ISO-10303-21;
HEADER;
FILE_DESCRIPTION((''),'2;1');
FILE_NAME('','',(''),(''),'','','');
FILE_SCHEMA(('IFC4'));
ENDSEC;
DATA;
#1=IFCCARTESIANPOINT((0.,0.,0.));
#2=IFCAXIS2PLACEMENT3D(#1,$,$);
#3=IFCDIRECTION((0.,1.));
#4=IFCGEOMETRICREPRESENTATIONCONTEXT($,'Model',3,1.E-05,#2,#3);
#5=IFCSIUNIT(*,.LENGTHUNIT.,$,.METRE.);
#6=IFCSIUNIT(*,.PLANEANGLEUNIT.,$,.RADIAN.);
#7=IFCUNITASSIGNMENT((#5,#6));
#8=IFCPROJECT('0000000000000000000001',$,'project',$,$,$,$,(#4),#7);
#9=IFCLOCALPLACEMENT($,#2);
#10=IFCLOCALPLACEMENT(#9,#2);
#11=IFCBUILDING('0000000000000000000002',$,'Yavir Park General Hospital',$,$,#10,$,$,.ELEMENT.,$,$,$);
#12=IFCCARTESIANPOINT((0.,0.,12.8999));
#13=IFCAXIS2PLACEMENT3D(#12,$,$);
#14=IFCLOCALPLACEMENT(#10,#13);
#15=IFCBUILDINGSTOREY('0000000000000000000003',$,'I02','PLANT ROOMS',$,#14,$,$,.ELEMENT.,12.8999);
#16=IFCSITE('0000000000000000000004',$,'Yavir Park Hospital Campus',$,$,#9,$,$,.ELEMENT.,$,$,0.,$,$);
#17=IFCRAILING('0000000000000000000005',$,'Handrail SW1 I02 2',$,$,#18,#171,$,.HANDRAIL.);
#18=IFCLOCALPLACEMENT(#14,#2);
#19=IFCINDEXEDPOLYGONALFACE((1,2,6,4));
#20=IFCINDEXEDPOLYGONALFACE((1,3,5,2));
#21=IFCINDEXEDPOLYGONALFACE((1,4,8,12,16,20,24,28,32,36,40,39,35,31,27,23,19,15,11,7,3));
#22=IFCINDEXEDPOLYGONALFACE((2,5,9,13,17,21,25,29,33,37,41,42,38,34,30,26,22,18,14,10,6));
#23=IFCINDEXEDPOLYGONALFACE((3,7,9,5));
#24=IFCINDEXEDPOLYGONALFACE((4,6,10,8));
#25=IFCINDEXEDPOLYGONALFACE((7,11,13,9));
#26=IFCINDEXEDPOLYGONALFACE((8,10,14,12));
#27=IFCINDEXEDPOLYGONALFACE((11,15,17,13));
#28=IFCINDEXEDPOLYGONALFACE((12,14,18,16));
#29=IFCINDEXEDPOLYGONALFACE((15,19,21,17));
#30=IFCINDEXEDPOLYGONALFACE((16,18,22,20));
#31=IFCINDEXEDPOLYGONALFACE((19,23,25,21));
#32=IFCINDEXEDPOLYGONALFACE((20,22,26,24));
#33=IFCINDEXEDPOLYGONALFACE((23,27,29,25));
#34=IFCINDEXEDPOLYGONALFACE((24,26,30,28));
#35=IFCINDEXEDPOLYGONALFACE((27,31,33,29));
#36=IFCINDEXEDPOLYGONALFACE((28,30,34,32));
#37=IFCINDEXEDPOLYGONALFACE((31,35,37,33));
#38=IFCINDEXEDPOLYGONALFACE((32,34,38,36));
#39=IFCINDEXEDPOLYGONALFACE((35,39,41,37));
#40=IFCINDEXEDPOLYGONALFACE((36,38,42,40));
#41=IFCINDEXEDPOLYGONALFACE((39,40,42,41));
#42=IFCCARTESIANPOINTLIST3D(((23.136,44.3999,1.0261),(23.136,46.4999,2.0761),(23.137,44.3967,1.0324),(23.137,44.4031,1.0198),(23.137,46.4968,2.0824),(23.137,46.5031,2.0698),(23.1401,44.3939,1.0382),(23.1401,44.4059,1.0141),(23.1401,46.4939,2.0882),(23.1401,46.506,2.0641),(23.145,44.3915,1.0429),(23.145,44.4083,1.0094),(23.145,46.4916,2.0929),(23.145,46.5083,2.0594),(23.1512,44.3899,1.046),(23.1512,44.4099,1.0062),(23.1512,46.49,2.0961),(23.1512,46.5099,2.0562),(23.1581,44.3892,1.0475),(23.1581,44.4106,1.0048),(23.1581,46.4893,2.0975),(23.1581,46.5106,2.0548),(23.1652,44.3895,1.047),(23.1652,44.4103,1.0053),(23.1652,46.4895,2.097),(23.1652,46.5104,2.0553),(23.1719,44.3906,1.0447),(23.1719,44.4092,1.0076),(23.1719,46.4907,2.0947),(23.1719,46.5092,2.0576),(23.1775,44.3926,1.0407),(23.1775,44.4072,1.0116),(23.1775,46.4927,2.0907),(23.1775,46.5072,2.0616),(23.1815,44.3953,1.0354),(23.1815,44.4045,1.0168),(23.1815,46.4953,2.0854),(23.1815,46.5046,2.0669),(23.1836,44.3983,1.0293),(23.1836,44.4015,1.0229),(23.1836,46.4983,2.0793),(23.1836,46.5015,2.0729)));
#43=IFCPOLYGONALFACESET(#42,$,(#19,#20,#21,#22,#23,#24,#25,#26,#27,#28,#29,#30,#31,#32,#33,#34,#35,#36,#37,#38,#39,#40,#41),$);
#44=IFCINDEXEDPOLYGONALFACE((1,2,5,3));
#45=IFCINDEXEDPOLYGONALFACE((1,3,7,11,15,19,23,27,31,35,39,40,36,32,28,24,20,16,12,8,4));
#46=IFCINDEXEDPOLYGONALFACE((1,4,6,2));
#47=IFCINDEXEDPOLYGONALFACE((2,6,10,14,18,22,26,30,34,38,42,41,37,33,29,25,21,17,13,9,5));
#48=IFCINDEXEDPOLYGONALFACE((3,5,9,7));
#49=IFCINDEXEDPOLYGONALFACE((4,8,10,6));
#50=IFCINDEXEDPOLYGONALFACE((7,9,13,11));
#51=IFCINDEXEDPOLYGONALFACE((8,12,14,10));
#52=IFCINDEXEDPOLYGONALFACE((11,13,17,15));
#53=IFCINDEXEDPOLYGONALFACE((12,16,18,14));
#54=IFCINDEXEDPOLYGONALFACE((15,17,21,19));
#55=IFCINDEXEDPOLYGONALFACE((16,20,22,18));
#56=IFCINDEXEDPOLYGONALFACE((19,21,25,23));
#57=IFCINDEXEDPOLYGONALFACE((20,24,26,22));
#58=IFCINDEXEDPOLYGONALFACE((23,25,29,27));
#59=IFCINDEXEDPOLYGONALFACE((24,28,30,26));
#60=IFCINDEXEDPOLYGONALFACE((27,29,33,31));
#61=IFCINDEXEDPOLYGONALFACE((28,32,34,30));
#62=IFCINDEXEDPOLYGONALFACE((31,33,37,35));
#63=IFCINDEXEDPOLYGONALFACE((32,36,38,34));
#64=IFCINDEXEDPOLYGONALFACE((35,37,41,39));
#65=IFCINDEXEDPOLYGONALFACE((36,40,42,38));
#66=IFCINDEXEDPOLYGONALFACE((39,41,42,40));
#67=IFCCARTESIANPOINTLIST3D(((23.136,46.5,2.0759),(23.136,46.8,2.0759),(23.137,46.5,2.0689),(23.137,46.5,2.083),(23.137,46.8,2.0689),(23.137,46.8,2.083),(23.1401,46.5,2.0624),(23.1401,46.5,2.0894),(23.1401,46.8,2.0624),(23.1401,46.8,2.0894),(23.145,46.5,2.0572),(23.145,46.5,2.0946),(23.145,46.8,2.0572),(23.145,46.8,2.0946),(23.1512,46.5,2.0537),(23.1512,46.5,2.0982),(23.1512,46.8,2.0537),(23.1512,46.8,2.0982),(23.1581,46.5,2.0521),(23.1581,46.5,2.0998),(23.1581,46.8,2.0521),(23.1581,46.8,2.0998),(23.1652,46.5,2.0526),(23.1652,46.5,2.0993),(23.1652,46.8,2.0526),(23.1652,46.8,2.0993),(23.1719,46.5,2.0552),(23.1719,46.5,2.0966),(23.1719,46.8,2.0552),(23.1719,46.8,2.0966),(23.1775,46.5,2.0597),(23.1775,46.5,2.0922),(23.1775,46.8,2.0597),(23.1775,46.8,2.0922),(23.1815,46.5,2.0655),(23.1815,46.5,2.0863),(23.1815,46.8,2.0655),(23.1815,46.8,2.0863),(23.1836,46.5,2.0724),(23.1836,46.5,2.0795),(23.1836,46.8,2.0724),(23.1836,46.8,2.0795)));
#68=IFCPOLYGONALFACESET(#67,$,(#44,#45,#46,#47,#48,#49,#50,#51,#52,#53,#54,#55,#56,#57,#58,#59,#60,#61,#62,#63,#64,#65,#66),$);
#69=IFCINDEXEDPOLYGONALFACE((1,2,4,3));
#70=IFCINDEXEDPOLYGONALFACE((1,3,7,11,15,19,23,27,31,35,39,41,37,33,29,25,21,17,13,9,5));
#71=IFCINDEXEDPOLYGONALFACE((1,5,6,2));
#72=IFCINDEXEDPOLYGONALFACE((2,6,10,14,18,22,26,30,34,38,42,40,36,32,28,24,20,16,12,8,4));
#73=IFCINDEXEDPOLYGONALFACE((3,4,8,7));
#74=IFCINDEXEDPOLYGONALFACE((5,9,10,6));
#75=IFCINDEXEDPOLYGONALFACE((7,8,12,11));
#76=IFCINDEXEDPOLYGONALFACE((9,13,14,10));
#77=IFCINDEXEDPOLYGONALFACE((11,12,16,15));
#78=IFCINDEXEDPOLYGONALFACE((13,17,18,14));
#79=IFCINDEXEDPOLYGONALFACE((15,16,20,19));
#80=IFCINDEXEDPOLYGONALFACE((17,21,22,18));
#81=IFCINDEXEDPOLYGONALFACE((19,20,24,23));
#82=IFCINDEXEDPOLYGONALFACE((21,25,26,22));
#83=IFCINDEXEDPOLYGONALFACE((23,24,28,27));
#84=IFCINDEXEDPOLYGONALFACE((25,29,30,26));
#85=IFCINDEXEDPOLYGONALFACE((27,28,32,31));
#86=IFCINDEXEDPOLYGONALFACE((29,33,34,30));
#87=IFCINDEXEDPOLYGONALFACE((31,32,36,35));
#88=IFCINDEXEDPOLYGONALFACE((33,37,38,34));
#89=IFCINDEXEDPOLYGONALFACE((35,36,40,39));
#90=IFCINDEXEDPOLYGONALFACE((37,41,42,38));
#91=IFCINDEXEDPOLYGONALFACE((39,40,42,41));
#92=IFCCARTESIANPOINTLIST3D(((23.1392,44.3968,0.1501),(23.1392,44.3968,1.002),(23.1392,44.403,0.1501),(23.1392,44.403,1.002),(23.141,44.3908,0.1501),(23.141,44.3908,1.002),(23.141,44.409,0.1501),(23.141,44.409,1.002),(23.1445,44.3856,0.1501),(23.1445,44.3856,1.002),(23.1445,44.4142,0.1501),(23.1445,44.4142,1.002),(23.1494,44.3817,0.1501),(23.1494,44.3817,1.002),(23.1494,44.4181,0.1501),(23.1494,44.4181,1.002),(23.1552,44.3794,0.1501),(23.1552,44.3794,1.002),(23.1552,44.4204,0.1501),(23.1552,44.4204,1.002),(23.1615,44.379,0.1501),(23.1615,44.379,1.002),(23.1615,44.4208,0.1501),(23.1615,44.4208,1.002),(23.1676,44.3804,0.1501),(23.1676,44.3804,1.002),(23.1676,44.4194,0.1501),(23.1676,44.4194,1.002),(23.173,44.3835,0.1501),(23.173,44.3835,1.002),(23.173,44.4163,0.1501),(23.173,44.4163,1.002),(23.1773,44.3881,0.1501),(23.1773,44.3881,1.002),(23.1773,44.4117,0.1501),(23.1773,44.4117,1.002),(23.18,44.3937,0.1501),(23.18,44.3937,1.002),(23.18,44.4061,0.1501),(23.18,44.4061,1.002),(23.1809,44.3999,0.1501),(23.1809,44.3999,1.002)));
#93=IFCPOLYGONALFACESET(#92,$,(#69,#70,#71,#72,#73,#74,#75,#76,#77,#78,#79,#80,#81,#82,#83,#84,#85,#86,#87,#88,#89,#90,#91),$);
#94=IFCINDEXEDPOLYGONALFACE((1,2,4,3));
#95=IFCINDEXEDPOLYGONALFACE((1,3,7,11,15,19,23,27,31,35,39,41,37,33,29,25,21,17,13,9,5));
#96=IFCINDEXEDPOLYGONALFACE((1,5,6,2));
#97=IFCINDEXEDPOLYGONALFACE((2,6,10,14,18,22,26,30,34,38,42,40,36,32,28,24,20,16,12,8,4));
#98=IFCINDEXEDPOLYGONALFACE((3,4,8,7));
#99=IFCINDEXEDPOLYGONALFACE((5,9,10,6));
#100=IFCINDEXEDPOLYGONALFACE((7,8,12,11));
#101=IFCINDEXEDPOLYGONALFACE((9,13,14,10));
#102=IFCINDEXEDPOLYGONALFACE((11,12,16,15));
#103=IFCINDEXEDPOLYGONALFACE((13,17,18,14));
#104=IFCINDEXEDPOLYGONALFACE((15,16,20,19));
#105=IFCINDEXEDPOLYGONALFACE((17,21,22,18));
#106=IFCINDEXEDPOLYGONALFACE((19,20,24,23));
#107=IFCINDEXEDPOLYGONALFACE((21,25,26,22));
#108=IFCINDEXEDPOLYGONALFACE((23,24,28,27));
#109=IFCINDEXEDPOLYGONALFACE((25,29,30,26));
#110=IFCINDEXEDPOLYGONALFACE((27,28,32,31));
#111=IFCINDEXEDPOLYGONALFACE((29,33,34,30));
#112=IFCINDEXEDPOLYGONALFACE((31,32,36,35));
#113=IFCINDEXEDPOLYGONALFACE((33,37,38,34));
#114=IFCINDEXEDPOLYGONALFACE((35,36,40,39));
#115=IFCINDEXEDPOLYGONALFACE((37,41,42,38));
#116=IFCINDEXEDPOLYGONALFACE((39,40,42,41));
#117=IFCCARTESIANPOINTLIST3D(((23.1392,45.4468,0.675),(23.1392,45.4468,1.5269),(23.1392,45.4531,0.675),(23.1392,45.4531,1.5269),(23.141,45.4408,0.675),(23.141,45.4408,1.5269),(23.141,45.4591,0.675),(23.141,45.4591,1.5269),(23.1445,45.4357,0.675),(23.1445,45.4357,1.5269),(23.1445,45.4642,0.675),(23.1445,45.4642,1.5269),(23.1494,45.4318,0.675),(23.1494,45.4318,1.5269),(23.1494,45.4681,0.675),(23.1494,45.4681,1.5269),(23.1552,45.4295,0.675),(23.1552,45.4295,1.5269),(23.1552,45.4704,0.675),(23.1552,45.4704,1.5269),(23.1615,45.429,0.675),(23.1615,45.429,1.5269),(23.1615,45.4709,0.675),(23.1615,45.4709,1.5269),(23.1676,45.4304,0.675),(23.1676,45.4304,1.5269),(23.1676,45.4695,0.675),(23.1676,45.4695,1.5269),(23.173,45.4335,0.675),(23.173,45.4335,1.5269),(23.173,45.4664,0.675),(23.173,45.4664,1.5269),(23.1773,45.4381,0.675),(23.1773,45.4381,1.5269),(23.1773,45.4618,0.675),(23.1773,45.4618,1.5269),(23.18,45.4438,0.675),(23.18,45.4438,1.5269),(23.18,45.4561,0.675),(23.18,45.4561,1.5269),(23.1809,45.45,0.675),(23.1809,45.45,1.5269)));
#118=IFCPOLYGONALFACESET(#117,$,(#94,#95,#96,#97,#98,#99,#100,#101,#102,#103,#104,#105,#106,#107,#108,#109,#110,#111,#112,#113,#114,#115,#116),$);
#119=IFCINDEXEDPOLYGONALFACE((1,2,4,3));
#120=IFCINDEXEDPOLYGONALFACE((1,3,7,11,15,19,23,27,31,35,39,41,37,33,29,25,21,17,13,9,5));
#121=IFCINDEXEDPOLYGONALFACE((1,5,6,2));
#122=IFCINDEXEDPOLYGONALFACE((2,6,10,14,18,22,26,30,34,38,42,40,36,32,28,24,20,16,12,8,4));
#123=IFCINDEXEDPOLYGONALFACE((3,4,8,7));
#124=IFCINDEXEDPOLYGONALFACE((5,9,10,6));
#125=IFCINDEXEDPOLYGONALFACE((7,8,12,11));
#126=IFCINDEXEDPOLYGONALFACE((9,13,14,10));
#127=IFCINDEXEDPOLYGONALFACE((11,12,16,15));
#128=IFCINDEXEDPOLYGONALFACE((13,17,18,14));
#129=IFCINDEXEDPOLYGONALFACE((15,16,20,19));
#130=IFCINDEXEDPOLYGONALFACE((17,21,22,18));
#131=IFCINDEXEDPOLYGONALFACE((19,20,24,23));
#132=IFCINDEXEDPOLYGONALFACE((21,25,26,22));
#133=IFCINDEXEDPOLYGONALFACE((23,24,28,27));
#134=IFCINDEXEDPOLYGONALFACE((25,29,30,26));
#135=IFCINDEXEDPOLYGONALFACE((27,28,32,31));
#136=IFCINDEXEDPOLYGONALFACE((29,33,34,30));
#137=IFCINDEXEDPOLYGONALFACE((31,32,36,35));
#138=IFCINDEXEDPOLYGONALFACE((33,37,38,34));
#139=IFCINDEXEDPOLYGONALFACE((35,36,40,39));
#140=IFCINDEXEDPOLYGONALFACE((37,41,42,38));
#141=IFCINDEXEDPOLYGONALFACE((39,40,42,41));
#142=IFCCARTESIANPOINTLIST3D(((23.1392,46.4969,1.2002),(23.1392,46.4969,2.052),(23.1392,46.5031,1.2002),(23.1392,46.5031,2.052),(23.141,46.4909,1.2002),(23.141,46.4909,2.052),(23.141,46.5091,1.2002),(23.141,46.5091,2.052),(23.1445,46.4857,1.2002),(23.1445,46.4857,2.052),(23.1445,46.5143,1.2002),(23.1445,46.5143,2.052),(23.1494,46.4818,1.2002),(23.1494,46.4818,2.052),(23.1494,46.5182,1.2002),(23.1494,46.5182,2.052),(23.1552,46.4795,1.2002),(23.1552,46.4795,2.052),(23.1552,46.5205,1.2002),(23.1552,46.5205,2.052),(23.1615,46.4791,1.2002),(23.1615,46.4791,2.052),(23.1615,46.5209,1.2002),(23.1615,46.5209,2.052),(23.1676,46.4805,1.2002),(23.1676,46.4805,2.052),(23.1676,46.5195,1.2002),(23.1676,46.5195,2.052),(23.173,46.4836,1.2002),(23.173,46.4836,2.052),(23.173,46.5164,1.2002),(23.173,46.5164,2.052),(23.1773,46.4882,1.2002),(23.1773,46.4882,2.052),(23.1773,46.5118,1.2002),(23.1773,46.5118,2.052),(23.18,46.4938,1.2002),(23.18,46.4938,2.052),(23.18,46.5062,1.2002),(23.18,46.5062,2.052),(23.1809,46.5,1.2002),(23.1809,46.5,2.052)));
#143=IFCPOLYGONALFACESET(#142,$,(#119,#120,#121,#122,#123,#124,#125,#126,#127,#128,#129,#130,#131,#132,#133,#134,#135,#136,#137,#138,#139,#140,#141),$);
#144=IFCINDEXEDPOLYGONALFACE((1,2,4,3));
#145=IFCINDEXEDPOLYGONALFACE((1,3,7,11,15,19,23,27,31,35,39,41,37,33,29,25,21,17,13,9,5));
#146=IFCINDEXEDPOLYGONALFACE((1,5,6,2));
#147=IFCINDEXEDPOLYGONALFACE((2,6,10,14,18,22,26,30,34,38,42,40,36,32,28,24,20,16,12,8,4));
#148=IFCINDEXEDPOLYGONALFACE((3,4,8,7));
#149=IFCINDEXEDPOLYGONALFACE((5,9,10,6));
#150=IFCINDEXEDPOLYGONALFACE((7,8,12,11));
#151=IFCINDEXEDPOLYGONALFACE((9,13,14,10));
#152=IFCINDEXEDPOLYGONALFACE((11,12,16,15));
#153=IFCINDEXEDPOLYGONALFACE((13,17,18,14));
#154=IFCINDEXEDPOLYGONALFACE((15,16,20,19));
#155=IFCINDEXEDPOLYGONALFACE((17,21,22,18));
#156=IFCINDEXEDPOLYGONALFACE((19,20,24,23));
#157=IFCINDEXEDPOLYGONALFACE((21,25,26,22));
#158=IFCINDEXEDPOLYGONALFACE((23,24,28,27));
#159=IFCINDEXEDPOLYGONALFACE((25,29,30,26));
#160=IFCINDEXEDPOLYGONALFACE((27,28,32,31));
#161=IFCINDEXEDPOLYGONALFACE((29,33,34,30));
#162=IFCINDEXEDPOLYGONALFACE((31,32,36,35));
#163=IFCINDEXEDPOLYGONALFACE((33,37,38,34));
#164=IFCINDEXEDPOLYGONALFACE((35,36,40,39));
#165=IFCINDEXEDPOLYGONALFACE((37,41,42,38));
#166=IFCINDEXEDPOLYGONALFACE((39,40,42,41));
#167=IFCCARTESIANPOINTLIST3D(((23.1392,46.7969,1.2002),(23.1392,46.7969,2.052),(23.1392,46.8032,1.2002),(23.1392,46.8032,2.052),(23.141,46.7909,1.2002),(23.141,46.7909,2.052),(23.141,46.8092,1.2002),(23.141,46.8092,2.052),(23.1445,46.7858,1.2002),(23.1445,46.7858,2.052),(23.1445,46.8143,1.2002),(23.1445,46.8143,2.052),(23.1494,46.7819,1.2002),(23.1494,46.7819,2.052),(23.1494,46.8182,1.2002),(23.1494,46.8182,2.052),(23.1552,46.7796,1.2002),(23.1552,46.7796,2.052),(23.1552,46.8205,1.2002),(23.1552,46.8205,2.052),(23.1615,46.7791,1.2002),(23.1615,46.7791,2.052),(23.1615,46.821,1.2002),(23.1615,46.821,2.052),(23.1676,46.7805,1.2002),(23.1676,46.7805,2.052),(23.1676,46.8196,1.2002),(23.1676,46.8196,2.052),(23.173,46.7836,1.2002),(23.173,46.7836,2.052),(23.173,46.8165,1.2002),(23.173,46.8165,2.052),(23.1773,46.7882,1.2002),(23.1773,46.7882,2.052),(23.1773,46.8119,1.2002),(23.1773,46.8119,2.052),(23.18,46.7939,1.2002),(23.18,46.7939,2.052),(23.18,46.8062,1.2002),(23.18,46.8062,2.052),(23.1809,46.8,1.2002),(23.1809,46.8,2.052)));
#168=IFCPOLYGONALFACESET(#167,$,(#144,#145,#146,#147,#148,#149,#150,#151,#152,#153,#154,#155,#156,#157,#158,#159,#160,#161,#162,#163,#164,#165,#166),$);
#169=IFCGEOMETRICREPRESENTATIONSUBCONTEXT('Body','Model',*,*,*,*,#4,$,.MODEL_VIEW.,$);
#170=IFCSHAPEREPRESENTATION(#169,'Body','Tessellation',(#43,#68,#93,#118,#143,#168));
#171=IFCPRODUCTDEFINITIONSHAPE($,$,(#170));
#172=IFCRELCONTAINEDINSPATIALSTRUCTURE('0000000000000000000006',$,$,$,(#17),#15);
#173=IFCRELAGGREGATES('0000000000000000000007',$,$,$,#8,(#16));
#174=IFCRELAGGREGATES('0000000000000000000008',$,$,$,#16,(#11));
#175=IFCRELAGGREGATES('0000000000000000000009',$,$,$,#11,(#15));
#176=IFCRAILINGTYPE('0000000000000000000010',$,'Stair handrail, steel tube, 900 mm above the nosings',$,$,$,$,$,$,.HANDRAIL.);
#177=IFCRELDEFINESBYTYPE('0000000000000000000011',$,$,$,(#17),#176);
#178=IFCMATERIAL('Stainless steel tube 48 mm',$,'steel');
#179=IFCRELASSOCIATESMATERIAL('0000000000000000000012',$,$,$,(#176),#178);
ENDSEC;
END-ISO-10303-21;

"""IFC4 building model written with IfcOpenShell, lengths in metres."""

from ifc_helpers import new_model, si_unit, direction, frame, origin, origin_2d, place, context, subcontext, project, spatial, circle, extrude, material, type_object, element, save


model = new_model("IFC4")

# Units and contexts
model_context = context("Model", 3, precision=1e-05, world=origin(), true_north=direction((0.0, 1.0)))
body_context = subcontext(model_context, "Body", "Model", "MODEL_VIEW")
ifc_project = project(units=[si_unit("LENGTHUNIT", "METRE"), si_unit("PLANEANGLEUNIT", "RADIAN")], contexts=[model_context])

# Site, building, storey
site_placement = place(None, origin())
site = spatial("IfcSite", under=ifc_project, at=site_placement, Name="Yavir Park Hospital Campus", CompositionType="ELEMENT", RefElevation=0.0)
building_placement = place(site_placement, origin())
building = spatial("IfcBuilding", under=site, at=building_placement, Name="Yavir Park General Hospital", CompositionType="ELEMENT")
storey_placement = place(building_placement, frame((0.0, 0.0, 12.8999)))
storey = spatial("IfcBuildingStorey", under=building, at=storey_placement, Name="I02", Description="PLANT ROOMS", CompositionType="ELEMENT", Elevation=12.8999)

# Railing
ifc_material_1 = material(Name="Stainless steel tube 48 mm", Category="steel")
railing_type_1 = type_object("IfcRailingType", Name="Stair handrail, steel tube, 900 mm above the nosings", PredefinedType="HANDRAIL", material=ifc_material_1)
for number, where, name in (
    (1, (23.1599, 44.3999, 0.1501), "Handrail SW1 I02 2"),
):
    element("IfcRailing", number, at=place(storey_placement, frame(where)), inside=storey, type_object=railing_type_1, Name=name, PredefinedType="HANDRAIL", context=body_context, shape_type="SweptSolid", body=[
        extrude(circle(Radius=0.0239, at=origin_2d()), frame((0.0, 0.0, 0.876), z_axis=(0.0, 0.894427, 0.447214), x_axis=(-1.0, 0.0, 0.0)), (0.0, 0.0, 1.0), 2.3479),
        extrude(circle(Radius=0.0239, at=origin_2d()), frame((0.0, 2.1001, 1.9258), z_axis=(0.0, 1.0, 0.0), x_axis=(-1.0, 0.0, 0.0)), (0.0, 0.0, 1.0), 0.3),
        extrude(circle(Radius=0.021, at=origin_2d()), origin(), (0.0, 0.0, 1.0), 0.8518),
        extrude(circle(Radius=0.021, at=origin_2d()), frame((0.0, 1.05, 0.5249)), (0.0, 0.0, 1.0), 0.8518),
        extrude(circle(Radius=0.021, at=origin_2d()), frame((0.0, 2.1001, 1.05)), (0.0, 0.0, 1.0), 0.8518),
        extrude(circle(Radius=0.021, at=origin_2d()), frame((0.0, 2.4001, 1.05)), (0.0, 0.0, 1.0), 0.8518),
    ])

save(model, "model.ifc")
